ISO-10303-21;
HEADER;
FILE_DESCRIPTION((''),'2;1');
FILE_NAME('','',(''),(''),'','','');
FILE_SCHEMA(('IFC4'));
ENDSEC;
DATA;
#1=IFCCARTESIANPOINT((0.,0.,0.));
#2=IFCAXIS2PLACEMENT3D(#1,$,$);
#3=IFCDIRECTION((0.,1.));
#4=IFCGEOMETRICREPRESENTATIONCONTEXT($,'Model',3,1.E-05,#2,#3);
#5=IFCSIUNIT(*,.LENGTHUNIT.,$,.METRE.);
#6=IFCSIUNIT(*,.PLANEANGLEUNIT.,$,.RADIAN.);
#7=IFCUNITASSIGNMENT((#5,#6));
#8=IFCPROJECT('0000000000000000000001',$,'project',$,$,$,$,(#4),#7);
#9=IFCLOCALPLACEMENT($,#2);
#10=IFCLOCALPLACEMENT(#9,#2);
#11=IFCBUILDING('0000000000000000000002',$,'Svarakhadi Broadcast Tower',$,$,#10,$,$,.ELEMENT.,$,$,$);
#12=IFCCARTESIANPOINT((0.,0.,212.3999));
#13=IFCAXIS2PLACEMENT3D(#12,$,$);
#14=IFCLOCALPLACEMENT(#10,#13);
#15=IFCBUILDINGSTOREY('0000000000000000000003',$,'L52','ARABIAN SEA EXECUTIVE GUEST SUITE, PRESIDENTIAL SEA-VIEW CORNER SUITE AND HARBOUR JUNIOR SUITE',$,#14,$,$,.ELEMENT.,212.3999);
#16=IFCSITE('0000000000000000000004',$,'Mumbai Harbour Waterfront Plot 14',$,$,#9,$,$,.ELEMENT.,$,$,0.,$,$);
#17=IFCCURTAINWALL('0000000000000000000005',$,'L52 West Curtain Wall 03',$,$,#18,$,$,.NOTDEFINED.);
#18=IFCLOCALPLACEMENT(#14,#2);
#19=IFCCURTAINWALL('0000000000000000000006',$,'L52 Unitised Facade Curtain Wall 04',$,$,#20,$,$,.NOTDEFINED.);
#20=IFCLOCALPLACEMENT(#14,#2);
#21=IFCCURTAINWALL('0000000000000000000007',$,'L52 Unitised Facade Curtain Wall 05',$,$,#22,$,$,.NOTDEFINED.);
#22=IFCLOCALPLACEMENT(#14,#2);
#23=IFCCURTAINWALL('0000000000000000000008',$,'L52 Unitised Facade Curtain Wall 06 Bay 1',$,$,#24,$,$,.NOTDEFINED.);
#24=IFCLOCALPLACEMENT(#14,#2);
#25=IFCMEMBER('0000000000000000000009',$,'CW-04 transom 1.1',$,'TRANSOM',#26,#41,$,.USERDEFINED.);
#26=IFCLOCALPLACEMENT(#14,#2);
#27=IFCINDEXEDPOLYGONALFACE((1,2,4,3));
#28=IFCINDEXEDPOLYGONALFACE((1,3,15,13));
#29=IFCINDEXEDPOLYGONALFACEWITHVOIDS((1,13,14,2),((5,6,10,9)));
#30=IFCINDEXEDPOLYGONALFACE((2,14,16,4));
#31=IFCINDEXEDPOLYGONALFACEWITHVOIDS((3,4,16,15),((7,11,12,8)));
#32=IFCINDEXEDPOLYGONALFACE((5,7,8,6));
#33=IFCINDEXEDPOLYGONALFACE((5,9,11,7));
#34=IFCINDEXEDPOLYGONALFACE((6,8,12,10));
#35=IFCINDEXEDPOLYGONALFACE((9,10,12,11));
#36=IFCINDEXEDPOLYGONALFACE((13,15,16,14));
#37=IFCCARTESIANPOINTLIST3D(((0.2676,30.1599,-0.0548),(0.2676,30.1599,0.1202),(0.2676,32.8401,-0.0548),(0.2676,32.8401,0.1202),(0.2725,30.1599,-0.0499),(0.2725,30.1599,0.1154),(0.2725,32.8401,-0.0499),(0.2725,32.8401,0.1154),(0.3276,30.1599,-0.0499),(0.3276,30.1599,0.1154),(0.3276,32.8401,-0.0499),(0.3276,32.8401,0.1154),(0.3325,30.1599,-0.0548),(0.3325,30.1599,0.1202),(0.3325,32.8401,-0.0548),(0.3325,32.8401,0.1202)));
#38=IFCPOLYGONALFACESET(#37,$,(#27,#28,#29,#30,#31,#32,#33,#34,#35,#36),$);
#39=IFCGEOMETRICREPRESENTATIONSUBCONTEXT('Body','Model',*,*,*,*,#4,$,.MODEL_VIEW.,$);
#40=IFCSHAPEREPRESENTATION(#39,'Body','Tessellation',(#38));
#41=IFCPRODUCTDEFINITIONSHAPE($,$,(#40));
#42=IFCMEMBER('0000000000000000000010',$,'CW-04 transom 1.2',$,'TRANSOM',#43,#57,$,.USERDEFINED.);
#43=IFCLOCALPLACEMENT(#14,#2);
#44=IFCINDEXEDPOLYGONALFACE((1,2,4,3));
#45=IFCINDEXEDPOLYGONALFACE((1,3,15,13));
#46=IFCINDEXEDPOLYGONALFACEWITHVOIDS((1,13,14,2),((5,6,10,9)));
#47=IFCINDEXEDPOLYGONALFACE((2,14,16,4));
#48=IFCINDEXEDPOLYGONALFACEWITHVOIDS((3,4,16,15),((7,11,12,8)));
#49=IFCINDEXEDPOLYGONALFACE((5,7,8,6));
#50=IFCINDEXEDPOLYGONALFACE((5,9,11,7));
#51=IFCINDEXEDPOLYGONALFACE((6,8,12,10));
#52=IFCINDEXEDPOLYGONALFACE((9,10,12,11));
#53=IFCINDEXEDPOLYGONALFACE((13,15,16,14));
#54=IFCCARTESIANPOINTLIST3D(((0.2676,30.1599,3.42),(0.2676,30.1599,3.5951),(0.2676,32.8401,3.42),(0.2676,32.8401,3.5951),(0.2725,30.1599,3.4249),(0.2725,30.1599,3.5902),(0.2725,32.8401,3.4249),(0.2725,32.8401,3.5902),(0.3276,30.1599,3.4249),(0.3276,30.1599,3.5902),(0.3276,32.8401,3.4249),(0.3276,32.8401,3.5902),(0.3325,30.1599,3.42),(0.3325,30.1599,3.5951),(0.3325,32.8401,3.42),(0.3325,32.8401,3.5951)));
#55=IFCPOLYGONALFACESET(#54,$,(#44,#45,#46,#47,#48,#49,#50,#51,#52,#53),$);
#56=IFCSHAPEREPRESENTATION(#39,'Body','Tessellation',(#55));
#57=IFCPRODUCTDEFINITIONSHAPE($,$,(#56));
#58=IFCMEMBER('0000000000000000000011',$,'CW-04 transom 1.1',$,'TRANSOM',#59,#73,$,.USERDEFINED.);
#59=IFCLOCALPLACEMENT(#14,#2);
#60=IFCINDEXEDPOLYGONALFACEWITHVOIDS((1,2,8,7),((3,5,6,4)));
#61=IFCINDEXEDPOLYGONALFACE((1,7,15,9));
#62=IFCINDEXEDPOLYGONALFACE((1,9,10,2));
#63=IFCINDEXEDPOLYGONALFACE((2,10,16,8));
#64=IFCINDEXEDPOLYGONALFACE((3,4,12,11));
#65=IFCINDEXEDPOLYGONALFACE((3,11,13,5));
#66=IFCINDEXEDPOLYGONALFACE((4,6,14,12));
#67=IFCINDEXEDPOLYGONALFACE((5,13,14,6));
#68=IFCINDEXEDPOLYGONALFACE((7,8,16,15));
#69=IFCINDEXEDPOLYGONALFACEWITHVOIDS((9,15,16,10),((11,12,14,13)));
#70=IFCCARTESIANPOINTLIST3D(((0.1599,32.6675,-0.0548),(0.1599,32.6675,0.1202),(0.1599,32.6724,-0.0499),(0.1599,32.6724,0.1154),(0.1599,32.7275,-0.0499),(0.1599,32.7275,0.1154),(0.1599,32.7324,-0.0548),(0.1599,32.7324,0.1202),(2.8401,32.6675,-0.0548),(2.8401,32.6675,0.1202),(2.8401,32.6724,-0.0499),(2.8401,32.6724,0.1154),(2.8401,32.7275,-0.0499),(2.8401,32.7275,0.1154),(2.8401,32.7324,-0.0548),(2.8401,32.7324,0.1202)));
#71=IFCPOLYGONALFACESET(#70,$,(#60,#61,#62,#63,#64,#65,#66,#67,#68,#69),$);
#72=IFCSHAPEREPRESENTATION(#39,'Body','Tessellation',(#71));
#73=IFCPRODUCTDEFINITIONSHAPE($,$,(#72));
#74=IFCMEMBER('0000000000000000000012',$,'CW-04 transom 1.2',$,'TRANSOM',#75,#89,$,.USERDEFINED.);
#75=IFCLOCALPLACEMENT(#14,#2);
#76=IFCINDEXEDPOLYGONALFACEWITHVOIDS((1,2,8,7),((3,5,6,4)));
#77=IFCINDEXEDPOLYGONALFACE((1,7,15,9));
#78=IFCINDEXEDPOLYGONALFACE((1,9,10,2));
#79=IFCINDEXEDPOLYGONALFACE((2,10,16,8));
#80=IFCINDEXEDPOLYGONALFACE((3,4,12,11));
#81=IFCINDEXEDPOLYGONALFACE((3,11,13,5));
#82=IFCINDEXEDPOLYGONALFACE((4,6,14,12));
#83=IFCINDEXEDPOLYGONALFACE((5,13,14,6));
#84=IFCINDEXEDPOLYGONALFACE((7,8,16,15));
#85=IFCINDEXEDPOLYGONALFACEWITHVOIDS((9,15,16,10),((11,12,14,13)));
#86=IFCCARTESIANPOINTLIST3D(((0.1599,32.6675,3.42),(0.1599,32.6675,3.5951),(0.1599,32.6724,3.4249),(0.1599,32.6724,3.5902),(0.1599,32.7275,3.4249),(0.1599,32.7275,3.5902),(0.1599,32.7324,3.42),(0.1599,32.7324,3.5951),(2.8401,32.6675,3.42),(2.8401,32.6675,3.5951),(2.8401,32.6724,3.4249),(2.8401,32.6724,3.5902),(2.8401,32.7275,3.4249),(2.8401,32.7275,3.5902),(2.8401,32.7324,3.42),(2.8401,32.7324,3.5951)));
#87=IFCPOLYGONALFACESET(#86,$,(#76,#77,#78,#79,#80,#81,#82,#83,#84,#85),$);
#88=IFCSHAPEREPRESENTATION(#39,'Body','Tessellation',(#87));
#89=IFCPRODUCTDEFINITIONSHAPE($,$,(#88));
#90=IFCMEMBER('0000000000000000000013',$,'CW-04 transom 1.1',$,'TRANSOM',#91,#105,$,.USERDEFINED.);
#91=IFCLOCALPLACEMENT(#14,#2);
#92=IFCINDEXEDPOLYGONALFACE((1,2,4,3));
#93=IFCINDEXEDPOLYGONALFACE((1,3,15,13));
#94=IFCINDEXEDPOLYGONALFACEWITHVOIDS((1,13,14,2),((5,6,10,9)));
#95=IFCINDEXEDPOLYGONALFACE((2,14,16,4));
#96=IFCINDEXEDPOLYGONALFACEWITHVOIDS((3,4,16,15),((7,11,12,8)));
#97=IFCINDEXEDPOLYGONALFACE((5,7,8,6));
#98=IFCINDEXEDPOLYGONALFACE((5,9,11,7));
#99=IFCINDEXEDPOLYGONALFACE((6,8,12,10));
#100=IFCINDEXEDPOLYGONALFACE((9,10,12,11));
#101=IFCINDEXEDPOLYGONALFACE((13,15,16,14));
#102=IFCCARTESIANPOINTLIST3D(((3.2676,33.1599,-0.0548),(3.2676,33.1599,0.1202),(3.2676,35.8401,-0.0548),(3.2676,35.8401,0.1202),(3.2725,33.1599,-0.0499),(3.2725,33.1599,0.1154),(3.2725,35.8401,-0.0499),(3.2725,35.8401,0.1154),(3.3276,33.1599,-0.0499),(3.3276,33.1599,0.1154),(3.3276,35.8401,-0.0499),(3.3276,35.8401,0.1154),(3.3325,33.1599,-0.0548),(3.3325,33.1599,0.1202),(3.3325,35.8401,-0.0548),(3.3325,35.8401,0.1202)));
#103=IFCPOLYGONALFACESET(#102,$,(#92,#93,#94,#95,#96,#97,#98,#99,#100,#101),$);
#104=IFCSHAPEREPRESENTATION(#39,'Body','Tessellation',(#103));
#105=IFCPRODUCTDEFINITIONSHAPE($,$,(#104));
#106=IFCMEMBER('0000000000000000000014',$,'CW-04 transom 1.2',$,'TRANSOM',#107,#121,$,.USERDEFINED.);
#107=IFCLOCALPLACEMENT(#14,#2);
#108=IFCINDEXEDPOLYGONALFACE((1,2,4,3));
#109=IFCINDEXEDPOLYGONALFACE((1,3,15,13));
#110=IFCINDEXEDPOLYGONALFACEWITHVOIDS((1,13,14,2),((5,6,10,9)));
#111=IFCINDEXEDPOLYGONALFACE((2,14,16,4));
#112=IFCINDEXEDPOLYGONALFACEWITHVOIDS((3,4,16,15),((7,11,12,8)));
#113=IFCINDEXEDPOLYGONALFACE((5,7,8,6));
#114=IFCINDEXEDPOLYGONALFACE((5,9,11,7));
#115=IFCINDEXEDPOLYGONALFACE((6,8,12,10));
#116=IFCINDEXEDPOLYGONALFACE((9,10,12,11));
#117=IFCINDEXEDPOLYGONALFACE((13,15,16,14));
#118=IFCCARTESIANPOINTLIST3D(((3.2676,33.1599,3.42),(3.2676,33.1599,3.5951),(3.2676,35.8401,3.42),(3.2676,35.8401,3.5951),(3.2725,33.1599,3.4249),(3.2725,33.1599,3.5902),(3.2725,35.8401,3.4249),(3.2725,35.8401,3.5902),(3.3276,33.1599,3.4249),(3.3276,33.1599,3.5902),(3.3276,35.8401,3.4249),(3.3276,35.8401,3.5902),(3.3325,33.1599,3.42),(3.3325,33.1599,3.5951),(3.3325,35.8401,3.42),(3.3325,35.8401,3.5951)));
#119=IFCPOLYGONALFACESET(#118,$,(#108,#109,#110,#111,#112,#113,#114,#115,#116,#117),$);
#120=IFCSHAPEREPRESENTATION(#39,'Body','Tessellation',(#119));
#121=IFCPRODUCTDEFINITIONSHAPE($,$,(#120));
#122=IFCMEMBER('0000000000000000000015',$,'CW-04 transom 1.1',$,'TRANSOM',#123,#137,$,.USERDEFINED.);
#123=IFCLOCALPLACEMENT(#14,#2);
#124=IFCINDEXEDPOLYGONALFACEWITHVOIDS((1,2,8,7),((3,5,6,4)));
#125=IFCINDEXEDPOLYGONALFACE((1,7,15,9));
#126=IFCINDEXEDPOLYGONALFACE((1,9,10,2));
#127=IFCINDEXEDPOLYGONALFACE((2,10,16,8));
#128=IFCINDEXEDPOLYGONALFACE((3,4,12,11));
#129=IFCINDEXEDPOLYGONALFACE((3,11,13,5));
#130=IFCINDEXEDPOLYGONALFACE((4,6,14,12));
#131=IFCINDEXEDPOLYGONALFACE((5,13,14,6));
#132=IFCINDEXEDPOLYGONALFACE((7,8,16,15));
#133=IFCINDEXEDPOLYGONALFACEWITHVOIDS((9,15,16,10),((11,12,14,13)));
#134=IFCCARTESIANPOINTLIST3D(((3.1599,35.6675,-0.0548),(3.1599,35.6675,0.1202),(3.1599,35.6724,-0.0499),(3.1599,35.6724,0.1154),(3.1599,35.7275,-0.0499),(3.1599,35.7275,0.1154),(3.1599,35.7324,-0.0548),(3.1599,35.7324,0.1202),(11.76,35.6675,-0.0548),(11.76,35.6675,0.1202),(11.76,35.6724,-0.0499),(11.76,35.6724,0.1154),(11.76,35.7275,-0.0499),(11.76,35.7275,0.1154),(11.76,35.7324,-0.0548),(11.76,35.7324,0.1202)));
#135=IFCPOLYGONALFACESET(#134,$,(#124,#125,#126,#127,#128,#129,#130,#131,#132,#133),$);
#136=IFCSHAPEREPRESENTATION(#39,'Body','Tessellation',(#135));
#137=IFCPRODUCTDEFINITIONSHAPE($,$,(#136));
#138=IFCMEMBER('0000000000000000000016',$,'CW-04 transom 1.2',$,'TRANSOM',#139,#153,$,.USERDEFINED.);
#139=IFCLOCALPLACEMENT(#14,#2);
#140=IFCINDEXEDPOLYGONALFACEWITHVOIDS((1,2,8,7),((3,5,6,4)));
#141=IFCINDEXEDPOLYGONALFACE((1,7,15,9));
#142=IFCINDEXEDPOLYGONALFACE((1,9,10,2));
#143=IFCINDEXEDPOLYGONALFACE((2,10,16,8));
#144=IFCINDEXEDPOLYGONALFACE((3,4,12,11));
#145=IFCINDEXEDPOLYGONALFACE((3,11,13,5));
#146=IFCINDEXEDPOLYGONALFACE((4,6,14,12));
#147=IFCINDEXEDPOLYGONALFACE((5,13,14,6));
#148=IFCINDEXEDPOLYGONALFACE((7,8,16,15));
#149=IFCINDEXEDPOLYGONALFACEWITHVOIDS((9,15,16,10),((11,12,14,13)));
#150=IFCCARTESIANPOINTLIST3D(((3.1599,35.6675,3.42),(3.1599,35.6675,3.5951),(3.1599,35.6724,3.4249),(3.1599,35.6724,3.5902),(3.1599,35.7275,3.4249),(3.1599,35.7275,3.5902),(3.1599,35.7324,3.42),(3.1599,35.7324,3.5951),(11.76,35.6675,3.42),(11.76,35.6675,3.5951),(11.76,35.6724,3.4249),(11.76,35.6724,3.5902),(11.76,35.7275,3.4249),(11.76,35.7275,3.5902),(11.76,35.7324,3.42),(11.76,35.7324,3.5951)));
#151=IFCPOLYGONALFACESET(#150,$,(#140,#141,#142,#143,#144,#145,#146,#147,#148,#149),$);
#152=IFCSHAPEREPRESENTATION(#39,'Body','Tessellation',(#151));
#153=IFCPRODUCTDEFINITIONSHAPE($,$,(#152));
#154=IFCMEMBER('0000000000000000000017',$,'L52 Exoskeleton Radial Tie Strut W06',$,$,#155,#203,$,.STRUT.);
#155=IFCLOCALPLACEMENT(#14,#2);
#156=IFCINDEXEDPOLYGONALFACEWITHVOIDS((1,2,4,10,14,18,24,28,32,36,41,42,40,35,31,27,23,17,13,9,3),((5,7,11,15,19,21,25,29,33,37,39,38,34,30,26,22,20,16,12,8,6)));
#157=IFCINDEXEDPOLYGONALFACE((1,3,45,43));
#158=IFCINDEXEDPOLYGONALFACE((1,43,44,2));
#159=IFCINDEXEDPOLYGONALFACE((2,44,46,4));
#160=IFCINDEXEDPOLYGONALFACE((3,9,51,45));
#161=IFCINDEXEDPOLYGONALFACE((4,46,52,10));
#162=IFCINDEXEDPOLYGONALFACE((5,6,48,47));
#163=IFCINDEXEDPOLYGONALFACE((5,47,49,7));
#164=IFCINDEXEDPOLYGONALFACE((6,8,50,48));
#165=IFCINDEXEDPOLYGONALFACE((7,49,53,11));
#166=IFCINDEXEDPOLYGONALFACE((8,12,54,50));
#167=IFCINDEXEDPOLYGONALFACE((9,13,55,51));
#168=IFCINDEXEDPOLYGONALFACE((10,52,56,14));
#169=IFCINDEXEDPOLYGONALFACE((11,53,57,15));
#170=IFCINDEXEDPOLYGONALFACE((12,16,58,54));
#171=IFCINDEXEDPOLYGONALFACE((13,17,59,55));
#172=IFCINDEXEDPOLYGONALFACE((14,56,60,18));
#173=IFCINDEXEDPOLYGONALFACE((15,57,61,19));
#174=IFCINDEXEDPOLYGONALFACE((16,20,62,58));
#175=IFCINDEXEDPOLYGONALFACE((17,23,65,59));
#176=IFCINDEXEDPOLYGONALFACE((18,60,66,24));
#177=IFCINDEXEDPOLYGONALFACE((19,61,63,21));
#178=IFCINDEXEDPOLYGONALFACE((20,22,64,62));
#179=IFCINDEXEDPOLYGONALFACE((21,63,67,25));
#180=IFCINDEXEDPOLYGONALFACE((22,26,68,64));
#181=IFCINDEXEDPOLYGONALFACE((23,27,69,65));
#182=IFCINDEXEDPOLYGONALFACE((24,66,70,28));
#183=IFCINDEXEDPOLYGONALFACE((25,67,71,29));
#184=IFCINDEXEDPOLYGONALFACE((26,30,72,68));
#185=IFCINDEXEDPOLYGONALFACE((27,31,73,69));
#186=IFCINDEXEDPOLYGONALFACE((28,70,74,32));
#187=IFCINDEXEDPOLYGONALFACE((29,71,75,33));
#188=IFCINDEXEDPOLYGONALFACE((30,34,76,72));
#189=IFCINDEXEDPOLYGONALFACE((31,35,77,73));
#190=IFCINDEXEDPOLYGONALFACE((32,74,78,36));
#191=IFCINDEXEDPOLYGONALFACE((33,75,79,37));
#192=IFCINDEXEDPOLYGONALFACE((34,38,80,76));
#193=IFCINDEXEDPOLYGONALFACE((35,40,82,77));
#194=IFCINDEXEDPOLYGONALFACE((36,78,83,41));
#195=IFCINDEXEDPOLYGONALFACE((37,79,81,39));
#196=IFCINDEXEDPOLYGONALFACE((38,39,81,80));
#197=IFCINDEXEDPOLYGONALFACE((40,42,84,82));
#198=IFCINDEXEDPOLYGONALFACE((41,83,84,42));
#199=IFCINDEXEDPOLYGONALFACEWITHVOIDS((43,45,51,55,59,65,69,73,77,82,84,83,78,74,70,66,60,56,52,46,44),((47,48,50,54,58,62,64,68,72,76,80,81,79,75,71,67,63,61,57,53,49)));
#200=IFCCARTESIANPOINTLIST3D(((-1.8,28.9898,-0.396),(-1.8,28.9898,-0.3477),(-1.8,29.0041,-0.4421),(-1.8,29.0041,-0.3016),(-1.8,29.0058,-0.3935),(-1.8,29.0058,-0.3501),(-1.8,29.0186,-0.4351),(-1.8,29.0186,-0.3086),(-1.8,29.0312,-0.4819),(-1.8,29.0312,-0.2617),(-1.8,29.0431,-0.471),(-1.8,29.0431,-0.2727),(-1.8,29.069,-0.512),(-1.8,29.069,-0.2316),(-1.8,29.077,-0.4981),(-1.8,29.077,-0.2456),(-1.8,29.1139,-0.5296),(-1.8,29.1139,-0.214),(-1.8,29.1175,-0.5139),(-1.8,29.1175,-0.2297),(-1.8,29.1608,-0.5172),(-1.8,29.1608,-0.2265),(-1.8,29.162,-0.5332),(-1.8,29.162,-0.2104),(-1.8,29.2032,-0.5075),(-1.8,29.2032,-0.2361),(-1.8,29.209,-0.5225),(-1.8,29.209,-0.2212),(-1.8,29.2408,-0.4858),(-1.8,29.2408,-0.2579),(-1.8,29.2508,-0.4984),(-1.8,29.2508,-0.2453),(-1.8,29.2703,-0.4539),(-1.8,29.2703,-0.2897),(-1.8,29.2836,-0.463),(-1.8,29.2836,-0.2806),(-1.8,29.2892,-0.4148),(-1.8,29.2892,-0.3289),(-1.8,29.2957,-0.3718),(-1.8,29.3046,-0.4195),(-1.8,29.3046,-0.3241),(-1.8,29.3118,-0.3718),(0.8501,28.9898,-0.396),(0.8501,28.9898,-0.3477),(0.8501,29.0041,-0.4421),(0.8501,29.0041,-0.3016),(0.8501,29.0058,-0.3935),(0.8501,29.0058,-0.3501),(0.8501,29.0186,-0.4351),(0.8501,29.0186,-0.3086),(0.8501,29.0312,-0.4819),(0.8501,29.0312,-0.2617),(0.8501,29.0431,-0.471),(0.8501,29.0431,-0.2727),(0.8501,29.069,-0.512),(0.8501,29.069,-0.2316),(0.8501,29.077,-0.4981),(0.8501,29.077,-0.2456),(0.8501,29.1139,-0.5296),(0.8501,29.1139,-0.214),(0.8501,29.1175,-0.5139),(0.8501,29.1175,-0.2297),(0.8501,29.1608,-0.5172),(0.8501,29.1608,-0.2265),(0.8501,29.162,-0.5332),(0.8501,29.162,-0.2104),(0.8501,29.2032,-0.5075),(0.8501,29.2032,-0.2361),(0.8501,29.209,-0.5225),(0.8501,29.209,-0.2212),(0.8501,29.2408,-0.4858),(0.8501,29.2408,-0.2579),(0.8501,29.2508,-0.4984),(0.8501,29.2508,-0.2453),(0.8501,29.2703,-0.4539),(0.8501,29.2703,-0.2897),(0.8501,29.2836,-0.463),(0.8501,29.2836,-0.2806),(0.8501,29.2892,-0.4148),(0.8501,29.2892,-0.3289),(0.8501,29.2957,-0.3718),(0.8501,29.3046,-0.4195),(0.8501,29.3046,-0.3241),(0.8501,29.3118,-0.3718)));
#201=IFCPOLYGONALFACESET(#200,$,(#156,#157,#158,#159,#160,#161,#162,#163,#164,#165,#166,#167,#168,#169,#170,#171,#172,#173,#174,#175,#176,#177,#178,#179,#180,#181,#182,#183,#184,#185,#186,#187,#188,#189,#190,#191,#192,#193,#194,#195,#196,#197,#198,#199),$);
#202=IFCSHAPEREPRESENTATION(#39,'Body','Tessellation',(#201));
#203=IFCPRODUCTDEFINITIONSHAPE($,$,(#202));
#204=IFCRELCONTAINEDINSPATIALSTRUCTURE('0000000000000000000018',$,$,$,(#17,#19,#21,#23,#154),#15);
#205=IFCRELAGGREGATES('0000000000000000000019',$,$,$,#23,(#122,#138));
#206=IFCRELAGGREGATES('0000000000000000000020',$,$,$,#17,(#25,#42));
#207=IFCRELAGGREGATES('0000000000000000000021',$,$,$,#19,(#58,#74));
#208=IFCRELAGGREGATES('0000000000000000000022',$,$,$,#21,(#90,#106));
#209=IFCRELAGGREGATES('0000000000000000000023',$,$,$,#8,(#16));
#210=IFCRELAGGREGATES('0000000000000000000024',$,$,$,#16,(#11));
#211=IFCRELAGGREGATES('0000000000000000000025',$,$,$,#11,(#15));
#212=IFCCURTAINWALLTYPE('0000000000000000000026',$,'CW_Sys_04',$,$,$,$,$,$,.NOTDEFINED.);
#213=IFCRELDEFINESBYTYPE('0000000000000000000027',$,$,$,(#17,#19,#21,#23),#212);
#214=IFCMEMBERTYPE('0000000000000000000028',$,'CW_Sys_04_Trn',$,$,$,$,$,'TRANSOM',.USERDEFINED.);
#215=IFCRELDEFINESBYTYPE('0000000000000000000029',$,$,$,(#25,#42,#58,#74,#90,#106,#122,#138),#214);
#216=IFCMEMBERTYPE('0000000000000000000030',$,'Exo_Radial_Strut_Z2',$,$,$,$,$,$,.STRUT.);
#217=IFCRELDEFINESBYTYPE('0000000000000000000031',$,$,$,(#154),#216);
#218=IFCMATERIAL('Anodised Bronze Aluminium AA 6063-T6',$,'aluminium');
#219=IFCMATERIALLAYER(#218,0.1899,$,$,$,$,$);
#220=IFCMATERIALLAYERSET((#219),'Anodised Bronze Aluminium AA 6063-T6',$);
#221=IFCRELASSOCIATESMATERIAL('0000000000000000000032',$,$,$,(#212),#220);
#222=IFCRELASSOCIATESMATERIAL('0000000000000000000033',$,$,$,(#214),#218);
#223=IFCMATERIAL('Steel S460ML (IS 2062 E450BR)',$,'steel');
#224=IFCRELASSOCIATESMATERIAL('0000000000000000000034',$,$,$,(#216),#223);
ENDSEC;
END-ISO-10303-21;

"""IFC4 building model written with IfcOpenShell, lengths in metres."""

from ifc_helpers import new_model, si_unit, direction, frame, origin, origin_2d, place, context, subcontext, project, spatial, hollow_rectangle, hollow_circle, extrude, material, layer, layer_set, material_profile, profile_set, type_object, element, aggregate, save


model = new_model("IFC4")

# Units and contexts
model_context = context("Model", 3, precision=1e-05, world=origin(), true_north=direction((0.0, 1.0)))
body_context = subcontext(model_context, "Body", "Model", "MODEL_VIEW")
ifc_project = project(units=[si_unit("LENGTHUNIT", "METRE"), si_unit("PLANEANGLEUNIT", "RADIAN")], contexts=[model_context])

# Site, building, storey
site_placement = place(None, origin())
site = spatial("IfcSite", under=ifc_project, at=site_placement, Name="Mumbai Harbour Waterfront Plot 14", CompositionType="ELEMENT", RefElevation=0.0)
building_placement = place(site_placement, origin())
building = spatial("IfcBuilding", under=site, at=building_placement, Name="Svarakhadi Broadcast Tower", CompositionType="ELEMENT")
storey_placement = place(building_placement, frame((0.0, 0.0, 212.3999)))
storey = spatial("IfcBuildingStorey", under=building, at=storey_placement, Name="L52", Description="ARABIAN SEA EXECUTIVE GUEST SUITE, PRESIDENTIAL SEA-VIEW CORNER SUITE AND HARBOUR JUNIOR SUITE", CompositionType="ELEMENT", Elevation=212.3999)

# Shared definitions
ifc_material_1 = material(Name="Steel S460ML (IS 2062 E450BR)", Category="steel")

# Curtain walls
ifc_material_2 = material(Name="Anodised Bronze Aluminium AA 6063-T6", Category="aluminium")
ifc_layer_1 = layer(ifc_material_2, 0.1899)
ifc_layer_set_1 = layer_set([ifc_layer_1], Name="Anodised Bronze Aluminium AA 6063-T6")
curtain_wall_type = type_object("IfcCurtainWallType", Name="CW_Sys_04", PredefinedType="NOTDEFINED", material=ifc_layer_set_1)
curtain_wall_1_placement = place(storey_placement, origin())
curtain_wall_1 = element("IfcCurtainWall", 1, at=curtain_wall_1_placement, inside=storey, type_object=curtain_wall_type, Name="L52 West Curtain Wall 03", PredefinedType="NOTDEFINED")
curtain_wall_2_placement = place(storey_placement, origin())
curtain_wall_2 = element("IfcCurtainWall", 2, at=curtain_wall_2_placement, inside=storey, type_object=curtain_wall_type, Name="L52 Unitised Facade Curtain Wall 04", PredefinedType="NOTDEFINED")
curtain_wall_3_placement = place(storey_placement, origin())
curtain_wall_3 = element("IfcCurtainWall", 3, at=curtain_wall_3_placement, inside=storey, type_object=curtain_wall_type, Name="L52 Unitised Facade Curtain Wall 05", PredefinedType="NOTDEFINED")

# Curtain wall
curtain_wall_4_placement = place(storey_placement, origin())
curtain_wall_4 = element("IfcCurtainWall", 4, at=curtain_wall_4_placement, inside=storey, type_object=curtain_wall_type, Name="L52 Unitised Facade Curtain Wall 06 Bay 1", PredefinedType="NOTDEFINED")

# Members
ifc_material_profile_1 = material_profile(ifc_material_2, hollow_rectangle(XDim=0.0649, YDim=0.175, WallThickness=0.0049, at=origin_2d()), Name="ALU TRANSOM 175x65x5")
ifc_profile_set_1 = profile_set([ifc_material_profile_1], Name="Anodised Bronze Aluminium AA 6063-T6")
member_type_1 = type_object("IfcMemberType", Name="CW_Sys_04_Trn", ElementType="TRANSOM", PredefinedType="USERDEFINED", material=ifc_profile_set_1)
member_1_placement = place(storey_placement, frame((0.3, 30.1599, 0.0327), z_axis=(0.0, 1.0, 0.0), x_axis=(-1.0, 0.0, 0.0)))
member_1 = element("IfcMember", 5, at=member_1_placement, type_object=member_type_1, Name="CW-04 transom 1.1", ObjectType="TRANSOM", PredefinedType="USERDEFINED", context=body_context, shape_type="SweptSolid", body=[
    extrude(hollow_rectangle(XDim=0.0649, YDim=0.175, WallThickness=0.0049, at=origin_2d()), origin(), (0.0, 0.0, 1.0), 2.6802),
])
member_2_placement = place(storey_placement, frame((0.3, 30.1599, 3.5076), z_axis=(0.0, 1.0, 0.0), x_axis=(-1.0, 0.0, 0.0)))
member_2 = element("IfcMember", 6, at=member_2_placement, type_object=member_type_1, Name="CW-04 transom 1.2", ObjectType="TRANSOM", PredefinedType="USERDEFINED", context=body_context, shape_type="SweptSolid", body=[
    extrude(hollow_rectangle(XDim=0.0649, YDim=0.175, WallThickness=0.0049, at=origin_2d()), origin(), (0.0, 0.0, 1.0), 2.6802),
])
member_3_placement = place(storey_placement, frame((0.1599, 32.7, 0.0327), z_axis=(1.0, 0.0, 0.0), x_axis=(0.0, 1.0, 0.0)))
member_3 = element("IfcMember", 7, at=member_3_placement, type_object=member_type_1, Name="CW-04 transom 1.1", ObjectType="TRANSOM", PredefinedType="USERDEFINED", context=body_context, shape_type="SweptSolid", body=[
    extrude(hollow_rectangle(XDim=0.0649, YDim=0.175, WallThickness=0.0049, at=origin_2d()), origin(), (0.0, 0.0, 1.0), 2.6802),
])
member_4_placement = place(storey_placement, frame((0.1599, 32.7, 3.5076), z_axis=(1.0, 0.0, 0.0), x_axis=(0.0, 1.0, 0.0)))
member_4 = element("IfcMember", 8, at=member_4_placement, type_object=member_type_1, Name="CW-04 transom 1.2", ObjectType="TRANSOM", PredefinedType="USERDEFINED", context=body_context, shape_type="SweptSolid", body=[
    extrude(hollow_rectangle(XDim=0.0649, YDim=0.175, WallThickness=0.0049, at=origin_2d()), origin(), (0.0, 0.0, 1.0), 2.6802),
])
member_5_placement = place(storey_placement, frame((3.3, 33.1599, 0.0327), z_axis=(0.0, 1.0, 0.0), x_axis=(-1.0, 0.0, 0.0)))
member_5 = element("IfcMember", 9, at=member_5_placement, type_object=member_type_1, Name="CW-04 transom 1.1", ObjectType="TRANSOM", PredefinedType="USERDEFINED", context=body_context, shape_type="SweptSolid", body=[
    extrude(hollow_rectangle(XDim=0.0649, YDim=0.175, WallThickness=0.0049, at=origin_2d()), origin(), (0.0, 0.0, 1.0), 2.6802),
])
member_6_placement = place(storey_placement, frame((3.3, 33.1599, 3.5076), z_axis=(0.0, 1.0, 0.0), x_axis=(-1.0, 0.0, 0.0)))
member_6 = element("IfcMember", 10, at=member_6_placement, type_object=member_type_1, Name="CW-04 transom 1.2", ObjectType="TRANSOM", PredefinedType="USERDEFINED", context=body_context, shape_type="SweptSolid", body=[
    extrude(hollow_rectangle(XDim=0.0649, YDim=0.175, WallThickness=0.0049, at=origin_2d()), origin(), (0.0, 0.0, 1.0), 2.6802),
])
member_7_placement = place(storey_placement, frame((3.1599, 35.7, 0.0327), z_axis=(1.0, 0.0, 0.0), x_axis=(0.0, 1.0, 0.0)))
member_7 = element("IfcMember", 11, at=member_7_placement, type_object=member_type_1, Name="CW-04 transom 1.1", ObjectType="TRANSOM", PredefinedType="USERDEFINED", context=body_context, shape_type="SweptSolid", body=[
    extrude(hollow_rectangle(XDim=0.0649, YDim=0.175, WallThickness=0.0049, at=origin_2d()), origin(), (0.0, 0.0, 1.0), 8.6001),
])
member_8_placement = place(storey_placement, frame((3.1599, 35.7, 3.5076), z_axis=(1.0, 0.0, 0.0), x_axis=(0.0, 1.0, 0.0)))
member_8 = element("IfcMember", 12, at=member_8_placement, type_object=member_type_1, Name="CW-04 transom 1.2", ObjectType="TRANSOM", PredefinedType="USERDEFINED", context=body_context, shape_type="SweptSolid", body=[
    extrude(hollow_rectangle(XDim=0.0649, YDim=0.175, WallThickness=0.0049, at=origin_2d()), origin(), (0.0, 0.0, 1.0), 8.6001),
])
aggregate(curtain_wall_4, [member_7, member_8])
ifc_material_profile_2 = material_profile(ifc_material_1, hollow_circle(Radius=0.1619, WallThickness=0.0161, at=origin_2d()), Name="CHS 323.9x16")
ifc_profile_set_2 = profile_set([ifc_material_profile_2], Name="Steel S460ML (IS 2062 E450BR)")
member_type_2 = type_object("IfcMemberType", Name="Exo_Radial_Strut_Z2", PredefinedType="STRUT", material=ifc_profile_set_2)
member_9_placement = place(storey_placement, frame((-1.8, 29.1499, -0.3718), z_axis=(1.0, 0.0, 0.0), x_axis=(0.0, 1.0, 0.0)))
element("IfcMember", 13, at=member_9_placement, inside=storey, type_object=member_type_2, Name="L52 Exoskeleton Radial Tie Strut W06", PredefinedType="STRUT", context=body_context, shape_type="SweptSolid", body=[
    extrude(hollow_circle(Radius=0.1619, WallThickness=0.0161, at=origin_2d()), origin(), (0.0, 0.0, 1.0), 2.6501),
])

aggregate(curtain_wall_1, [member_1, member_2])
aggregate(curtain_wall_2, [member_3, member_4])
aggregate(curtain_wall_3, [member_5, member_6])

save(model, "model.ifc")
